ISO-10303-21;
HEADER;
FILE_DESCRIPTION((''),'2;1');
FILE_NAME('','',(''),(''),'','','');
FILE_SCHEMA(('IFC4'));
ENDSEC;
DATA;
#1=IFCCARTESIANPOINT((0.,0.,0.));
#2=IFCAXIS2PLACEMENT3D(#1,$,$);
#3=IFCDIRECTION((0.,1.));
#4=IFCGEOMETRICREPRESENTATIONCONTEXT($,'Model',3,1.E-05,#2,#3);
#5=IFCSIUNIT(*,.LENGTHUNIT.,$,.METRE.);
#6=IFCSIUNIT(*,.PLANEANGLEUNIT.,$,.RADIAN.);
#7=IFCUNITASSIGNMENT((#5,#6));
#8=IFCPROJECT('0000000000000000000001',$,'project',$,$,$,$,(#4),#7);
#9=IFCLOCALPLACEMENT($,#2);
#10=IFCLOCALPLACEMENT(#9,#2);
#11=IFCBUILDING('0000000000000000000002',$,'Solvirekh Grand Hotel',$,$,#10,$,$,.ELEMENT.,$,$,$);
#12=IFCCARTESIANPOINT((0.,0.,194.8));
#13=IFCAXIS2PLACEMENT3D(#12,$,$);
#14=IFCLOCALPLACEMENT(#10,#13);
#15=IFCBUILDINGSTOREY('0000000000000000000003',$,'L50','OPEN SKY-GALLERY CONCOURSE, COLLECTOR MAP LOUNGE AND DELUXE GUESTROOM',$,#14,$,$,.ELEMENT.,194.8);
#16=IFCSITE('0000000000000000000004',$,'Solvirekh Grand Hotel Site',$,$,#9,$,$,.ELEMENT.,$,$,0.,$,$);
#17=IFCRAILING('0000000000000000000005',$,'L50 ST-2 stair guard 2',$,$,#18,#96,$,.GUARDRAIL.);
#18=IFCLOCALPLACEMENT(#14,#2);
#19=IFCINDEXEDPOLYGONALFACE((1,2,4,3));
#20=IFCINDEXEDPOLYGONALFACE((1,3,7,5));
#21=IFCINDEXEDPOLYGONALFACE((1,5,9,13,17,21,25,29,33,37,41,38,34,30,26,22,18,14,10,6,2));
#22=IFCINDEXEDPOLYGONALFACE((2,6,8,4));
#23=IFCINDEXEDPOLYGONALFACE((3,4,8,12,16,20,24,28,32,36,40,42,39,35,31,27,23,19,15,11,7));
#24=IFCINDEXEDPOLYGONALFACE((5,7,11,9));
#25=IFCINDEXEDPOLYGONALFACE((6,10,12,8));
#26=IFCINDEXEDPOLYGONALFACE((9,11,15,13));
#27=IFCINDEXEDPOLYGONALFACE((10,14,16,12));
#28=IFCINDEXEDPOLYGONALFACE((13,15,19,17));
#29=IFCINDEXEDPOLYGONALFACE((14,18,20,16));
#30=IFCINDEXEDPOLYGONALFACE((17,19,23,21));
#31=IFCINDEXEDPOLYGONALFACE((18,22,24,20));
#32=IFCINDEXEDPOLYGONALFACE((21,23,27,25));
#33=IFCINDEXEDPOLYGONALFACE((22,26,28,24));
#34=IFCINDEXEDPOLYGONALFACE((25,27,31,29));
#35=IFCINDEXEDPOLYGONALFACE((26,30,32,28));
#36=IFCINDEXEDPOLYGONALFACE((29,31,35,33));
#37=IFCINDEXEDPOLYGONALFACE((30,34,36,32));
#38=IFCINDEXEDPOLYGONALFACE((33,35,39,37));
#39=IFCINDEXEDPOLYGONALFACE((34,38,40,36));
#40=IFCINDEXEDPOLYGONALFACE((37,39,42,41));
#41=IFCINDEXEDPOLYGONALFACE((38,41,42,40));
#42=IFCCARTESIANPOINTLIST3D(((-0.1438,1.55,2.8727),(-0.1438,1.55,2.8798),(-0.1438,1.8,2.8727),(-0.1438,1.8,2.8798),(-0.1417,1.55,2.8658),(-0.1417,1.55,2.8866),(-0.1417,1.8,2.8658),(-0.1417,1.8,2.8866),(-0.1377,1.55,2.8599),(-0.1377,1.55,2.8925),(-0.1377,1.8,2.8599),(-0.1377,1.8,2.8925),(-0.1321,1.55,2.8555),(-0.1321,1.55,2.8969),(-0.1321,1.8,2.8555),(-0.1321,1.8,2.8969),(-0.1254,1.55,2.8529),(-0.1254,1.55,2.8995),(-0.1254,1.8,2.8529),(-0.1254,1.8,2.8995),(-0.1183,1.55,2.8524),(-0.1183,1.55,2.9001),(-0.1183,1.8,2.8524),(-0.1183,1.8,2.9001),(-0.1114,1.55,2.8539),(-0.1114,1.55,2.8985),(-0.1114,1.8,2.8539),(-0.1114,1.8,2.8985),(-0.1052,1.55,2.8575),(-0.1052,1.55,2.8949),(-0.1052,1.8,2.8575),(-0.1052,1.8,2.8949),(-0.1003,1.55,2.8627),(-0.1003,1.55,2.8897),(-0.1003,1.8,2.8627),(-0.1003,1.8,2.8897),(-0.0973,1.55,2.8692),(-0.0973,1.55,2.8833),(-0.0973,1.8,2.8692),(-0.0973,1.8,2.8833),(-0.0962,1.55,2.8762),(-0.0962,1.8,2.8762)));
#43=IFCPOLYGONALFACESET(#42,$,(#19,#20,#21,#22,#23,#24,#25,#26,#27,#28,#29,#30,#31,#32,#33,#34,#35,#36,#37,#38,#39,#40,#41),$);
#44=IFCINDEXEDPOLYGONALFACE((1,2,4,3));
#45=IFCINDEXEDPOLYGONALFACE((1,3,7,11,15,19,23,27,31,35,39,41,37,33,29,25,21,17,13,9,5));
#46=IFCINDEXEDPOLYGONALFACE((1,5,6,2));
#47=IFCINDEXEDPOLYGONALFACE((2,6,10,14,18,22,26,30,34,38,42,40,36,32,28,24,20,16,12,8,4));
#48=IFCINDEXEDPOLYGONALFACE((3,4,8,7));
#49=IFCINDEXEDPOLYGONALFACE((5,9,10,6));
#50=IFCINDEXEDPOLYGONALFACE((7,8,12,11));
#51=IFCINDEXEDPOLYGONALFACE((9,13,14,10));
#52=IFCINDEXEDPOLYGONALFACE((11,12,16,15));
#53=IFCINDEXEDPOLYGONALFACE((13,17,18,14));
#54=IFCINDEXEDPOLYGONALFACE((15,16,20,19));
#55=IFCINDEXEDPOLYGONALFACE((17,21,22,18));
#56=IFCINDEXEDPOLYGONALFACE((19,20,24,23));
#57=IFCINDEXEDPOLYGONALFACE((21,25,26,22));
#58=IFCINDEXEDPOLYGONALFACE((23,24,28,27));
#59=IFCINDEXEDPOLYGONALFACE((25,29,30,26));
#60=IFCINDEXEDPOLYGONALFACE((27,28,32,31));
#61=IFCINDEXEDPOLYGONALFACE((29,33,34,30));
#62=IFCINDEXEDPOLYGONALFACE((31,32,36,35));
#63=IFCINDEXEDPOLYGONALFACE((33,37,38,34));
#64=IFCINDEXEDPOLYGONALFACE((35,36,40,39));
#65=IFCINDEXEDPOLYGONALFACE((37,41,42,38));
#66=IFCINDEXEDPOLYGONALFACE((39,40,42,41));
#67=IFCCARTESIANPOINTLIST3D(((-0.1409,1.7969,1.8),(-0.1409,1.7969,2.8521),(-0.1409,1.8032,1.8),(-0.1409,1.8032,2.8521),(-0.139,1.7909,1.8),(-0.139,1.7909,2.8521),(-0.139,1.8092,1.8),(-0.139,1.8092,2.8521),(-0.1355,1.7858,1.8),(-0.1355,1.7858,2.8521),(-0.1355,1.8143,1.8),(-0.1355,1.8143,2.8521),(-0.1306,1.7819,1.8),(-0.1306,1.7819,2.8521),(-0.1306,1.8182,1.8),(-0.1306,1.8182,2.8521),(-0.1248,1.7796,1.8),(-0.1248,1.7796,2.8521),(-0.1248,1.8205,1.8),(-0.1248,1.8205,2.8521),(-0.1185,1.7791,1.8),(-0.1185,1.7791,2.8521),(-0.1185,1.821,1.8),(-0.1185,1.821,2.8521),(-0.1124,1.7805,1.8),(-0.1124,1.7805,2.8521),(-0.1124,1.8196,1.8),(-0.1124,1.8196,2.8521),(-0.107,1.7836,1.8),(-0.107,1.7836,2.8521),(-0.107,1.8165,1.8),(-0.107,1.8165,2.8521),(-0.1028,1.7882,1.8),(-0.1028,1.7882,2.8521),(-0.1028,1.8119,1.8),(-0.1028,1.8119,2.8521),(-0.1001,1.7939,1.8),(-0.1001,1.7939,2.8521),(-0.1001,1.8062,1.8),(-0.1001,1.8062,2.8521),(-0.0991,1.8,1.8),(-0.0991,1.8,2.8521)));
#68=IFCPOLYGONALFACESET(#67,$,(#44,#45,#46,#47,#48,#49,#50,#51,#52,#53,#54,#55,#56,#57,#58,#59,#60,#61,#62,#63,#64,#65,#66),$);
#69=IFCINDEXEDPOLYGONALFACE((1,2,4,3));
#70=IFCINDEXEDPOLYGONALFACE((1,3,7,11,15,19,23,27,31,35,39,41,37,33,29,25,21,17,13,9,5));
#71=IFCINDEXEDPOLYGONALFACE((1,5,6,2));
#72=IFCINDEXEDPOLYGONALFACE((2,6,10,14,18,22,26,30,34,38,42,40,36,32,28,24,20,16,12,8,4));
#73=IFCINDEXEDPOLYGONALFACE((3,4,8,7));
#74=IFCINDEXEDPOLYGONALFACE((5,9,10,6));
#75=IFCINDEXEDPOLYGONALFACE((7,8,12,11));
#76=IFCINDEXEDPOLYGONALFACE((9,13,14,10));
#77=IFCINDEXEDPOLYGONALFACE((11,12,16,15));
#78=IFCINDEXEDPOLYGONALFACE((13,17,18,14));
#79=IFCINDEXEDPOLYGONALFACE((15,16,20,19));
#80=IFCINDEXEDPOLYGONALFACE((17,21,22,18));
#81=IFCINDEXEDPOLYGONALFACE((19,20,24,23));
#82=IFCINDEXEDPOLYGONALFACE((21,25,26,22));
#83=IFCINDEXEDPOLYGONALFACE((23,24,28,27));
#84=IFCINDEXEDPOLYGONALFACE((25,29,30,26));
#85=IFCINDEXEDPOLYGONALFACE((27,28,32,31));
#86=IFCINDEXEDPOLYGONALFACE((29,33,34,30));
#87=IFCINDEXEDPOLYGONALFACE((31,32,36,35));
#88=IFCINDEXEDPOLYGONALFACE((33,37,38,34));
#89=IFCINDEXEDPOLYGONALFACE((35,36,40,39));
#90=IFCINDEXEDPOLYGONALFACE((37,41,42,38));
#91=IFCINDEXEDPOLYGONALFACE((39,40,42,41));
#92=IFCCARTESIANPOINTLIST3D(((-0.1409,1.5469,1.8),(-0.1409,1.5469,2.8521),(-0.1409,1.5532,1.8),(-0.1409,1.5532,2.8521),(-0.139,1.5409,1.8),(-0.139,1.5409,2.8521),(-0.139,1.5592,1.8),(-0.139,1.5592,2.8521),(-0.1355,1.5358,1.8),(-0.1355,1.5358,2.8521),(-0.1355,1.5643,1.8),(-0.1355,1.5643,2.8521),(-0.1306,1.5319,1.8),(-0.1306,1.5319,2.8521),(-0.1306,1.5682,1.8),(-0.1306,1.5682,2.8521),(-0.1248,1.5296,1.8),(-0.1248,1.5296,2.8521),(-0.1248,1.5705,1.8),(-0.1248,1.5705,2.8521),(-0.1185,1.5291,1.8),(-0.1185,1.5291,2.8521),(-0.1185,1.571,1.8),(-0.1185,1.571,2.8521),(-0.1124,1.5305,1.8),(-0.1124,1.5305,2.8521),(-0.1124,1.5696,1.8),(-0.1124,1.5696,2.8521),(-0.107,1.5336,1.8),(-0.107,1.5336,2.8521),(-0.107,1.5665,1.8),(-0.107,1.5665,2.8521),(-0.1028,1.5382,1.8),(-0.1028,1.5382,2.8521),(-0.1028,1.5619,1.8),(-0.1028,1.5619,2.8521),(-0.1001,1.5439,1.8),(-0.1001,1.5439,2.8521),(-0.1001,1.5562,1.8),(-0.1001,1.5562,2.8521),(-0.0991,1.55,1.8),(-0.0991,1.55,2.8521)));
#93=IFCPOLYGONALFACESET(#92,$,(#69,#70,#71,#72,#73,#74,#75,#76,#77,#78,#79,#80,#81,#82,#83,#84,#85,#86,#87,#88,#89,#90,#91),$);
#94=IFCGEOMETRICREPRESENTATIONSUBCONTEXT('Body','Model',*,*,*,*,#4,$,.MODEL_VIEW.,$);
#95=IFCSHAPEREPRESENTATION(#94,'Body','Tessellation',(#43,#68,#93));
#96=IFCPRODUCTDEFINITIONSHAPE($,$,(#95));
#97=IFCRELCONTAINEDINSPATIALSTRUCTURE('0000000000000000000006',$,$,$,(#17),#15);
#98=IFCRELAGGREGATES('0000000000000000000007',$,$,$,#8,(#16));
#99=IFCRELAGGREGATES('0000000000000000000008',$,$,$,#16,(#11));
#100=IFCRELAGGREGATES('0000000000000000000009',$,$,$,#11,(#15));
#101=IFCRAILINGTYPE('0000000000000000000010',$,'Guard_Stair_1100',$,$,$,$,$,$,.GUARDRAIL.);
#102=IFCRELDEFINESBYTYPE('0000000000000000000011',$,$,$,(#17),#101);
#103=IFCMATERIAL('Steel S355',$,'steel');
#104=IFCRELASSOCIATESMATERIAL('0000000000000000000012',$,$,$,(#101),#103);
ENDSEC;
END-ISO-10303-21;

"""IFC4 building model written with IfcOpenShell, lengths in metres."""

from ifc_helpers import new_model, si_unit, direction, frame, origin, origin_2d, place, context, subcontext, project, spatial, circle, extrude, material, type_object, element, save


model = new_model("IFC4")

# Units and contexts
model_context = context("Model", 3, precision=1e-05, world=origin(), true_north=direction((0.0, 1.0)))
body_context = subcontext(model_context, "Body", "Model", "MODEL_VIEW")
ifc_project = project(units=[si_unit("LENGTHUNIT", "METRE"), si_unit("PLANEANGLEUNIT", "RADIAN")], contexts=[model_context])

# Site, building, storey
site_placement = place(None, origin())
site = spatial("IfcSite", under=ifc_project, at=site_placement, Name="Solvirekh Grand Hotel Site", CompositionType="ELEMENT", RefElevation=0.0)
building_placement = place(site_placement, origin())
building = spatial("IfcBuilding", under=site, at=building_placement, Name="Solvirekh Grand Hotel", CompositionType="ELEMENT")
storey_placement = place(building_placement, frame((0.0, 0.0, 194.8)))
storey = spatial("IfcBuildingStorey", under=building, at=storey_placement, Name="L50", Description="OPEN SKY-GALLERY CONCOURSE, COLLECTOR MAP LOUNGE AND DELUXE GUESTROOM", CompositionType="ELEMENT", Elevation=194.8)

# Shared definitions
ifc_material_1 = material(Name="Steel S355", Category="steel")

# Railing
railing_type_1 = type_object("IfcRailingType", Name="Guard_Stair_1100", PredefinedType="GUARDRAIL", material=ifc_material_1)
railing_1_placement = place(storey_placement, frame((-0.1201, 1.8, 1.8)))
element("IfcRailing", 1, at=railing_1_placement, inside=storey, type_object=railing_type_1, Name="L50 ST-2 stair guard 2", PredefinedType="GUARDRAIL", context=body_context, shape_type="SweptSolid", body=[
    extrude(circle(Radius=0.0239, at=origin_2d()), frame((0.0, 0.0, 1.0762), z_axis=(0.0, -1.0, 0.0), x_axis=(1.0, 0.0, 0.0)), (0.0, 0.0, 1.0), 0.25),
    extrude(circle(Radius=0.021, at=origin_2d()), origin(), (0.0, 0.0, 1.0), 1.052),
    extrude(circle(Radius=0.021, at=origin_2d()), frame((0.0, -0.25, 0.0)), (0.0, 0.0, 1.0), 1.052),
])

save(model, "model.ifc")
